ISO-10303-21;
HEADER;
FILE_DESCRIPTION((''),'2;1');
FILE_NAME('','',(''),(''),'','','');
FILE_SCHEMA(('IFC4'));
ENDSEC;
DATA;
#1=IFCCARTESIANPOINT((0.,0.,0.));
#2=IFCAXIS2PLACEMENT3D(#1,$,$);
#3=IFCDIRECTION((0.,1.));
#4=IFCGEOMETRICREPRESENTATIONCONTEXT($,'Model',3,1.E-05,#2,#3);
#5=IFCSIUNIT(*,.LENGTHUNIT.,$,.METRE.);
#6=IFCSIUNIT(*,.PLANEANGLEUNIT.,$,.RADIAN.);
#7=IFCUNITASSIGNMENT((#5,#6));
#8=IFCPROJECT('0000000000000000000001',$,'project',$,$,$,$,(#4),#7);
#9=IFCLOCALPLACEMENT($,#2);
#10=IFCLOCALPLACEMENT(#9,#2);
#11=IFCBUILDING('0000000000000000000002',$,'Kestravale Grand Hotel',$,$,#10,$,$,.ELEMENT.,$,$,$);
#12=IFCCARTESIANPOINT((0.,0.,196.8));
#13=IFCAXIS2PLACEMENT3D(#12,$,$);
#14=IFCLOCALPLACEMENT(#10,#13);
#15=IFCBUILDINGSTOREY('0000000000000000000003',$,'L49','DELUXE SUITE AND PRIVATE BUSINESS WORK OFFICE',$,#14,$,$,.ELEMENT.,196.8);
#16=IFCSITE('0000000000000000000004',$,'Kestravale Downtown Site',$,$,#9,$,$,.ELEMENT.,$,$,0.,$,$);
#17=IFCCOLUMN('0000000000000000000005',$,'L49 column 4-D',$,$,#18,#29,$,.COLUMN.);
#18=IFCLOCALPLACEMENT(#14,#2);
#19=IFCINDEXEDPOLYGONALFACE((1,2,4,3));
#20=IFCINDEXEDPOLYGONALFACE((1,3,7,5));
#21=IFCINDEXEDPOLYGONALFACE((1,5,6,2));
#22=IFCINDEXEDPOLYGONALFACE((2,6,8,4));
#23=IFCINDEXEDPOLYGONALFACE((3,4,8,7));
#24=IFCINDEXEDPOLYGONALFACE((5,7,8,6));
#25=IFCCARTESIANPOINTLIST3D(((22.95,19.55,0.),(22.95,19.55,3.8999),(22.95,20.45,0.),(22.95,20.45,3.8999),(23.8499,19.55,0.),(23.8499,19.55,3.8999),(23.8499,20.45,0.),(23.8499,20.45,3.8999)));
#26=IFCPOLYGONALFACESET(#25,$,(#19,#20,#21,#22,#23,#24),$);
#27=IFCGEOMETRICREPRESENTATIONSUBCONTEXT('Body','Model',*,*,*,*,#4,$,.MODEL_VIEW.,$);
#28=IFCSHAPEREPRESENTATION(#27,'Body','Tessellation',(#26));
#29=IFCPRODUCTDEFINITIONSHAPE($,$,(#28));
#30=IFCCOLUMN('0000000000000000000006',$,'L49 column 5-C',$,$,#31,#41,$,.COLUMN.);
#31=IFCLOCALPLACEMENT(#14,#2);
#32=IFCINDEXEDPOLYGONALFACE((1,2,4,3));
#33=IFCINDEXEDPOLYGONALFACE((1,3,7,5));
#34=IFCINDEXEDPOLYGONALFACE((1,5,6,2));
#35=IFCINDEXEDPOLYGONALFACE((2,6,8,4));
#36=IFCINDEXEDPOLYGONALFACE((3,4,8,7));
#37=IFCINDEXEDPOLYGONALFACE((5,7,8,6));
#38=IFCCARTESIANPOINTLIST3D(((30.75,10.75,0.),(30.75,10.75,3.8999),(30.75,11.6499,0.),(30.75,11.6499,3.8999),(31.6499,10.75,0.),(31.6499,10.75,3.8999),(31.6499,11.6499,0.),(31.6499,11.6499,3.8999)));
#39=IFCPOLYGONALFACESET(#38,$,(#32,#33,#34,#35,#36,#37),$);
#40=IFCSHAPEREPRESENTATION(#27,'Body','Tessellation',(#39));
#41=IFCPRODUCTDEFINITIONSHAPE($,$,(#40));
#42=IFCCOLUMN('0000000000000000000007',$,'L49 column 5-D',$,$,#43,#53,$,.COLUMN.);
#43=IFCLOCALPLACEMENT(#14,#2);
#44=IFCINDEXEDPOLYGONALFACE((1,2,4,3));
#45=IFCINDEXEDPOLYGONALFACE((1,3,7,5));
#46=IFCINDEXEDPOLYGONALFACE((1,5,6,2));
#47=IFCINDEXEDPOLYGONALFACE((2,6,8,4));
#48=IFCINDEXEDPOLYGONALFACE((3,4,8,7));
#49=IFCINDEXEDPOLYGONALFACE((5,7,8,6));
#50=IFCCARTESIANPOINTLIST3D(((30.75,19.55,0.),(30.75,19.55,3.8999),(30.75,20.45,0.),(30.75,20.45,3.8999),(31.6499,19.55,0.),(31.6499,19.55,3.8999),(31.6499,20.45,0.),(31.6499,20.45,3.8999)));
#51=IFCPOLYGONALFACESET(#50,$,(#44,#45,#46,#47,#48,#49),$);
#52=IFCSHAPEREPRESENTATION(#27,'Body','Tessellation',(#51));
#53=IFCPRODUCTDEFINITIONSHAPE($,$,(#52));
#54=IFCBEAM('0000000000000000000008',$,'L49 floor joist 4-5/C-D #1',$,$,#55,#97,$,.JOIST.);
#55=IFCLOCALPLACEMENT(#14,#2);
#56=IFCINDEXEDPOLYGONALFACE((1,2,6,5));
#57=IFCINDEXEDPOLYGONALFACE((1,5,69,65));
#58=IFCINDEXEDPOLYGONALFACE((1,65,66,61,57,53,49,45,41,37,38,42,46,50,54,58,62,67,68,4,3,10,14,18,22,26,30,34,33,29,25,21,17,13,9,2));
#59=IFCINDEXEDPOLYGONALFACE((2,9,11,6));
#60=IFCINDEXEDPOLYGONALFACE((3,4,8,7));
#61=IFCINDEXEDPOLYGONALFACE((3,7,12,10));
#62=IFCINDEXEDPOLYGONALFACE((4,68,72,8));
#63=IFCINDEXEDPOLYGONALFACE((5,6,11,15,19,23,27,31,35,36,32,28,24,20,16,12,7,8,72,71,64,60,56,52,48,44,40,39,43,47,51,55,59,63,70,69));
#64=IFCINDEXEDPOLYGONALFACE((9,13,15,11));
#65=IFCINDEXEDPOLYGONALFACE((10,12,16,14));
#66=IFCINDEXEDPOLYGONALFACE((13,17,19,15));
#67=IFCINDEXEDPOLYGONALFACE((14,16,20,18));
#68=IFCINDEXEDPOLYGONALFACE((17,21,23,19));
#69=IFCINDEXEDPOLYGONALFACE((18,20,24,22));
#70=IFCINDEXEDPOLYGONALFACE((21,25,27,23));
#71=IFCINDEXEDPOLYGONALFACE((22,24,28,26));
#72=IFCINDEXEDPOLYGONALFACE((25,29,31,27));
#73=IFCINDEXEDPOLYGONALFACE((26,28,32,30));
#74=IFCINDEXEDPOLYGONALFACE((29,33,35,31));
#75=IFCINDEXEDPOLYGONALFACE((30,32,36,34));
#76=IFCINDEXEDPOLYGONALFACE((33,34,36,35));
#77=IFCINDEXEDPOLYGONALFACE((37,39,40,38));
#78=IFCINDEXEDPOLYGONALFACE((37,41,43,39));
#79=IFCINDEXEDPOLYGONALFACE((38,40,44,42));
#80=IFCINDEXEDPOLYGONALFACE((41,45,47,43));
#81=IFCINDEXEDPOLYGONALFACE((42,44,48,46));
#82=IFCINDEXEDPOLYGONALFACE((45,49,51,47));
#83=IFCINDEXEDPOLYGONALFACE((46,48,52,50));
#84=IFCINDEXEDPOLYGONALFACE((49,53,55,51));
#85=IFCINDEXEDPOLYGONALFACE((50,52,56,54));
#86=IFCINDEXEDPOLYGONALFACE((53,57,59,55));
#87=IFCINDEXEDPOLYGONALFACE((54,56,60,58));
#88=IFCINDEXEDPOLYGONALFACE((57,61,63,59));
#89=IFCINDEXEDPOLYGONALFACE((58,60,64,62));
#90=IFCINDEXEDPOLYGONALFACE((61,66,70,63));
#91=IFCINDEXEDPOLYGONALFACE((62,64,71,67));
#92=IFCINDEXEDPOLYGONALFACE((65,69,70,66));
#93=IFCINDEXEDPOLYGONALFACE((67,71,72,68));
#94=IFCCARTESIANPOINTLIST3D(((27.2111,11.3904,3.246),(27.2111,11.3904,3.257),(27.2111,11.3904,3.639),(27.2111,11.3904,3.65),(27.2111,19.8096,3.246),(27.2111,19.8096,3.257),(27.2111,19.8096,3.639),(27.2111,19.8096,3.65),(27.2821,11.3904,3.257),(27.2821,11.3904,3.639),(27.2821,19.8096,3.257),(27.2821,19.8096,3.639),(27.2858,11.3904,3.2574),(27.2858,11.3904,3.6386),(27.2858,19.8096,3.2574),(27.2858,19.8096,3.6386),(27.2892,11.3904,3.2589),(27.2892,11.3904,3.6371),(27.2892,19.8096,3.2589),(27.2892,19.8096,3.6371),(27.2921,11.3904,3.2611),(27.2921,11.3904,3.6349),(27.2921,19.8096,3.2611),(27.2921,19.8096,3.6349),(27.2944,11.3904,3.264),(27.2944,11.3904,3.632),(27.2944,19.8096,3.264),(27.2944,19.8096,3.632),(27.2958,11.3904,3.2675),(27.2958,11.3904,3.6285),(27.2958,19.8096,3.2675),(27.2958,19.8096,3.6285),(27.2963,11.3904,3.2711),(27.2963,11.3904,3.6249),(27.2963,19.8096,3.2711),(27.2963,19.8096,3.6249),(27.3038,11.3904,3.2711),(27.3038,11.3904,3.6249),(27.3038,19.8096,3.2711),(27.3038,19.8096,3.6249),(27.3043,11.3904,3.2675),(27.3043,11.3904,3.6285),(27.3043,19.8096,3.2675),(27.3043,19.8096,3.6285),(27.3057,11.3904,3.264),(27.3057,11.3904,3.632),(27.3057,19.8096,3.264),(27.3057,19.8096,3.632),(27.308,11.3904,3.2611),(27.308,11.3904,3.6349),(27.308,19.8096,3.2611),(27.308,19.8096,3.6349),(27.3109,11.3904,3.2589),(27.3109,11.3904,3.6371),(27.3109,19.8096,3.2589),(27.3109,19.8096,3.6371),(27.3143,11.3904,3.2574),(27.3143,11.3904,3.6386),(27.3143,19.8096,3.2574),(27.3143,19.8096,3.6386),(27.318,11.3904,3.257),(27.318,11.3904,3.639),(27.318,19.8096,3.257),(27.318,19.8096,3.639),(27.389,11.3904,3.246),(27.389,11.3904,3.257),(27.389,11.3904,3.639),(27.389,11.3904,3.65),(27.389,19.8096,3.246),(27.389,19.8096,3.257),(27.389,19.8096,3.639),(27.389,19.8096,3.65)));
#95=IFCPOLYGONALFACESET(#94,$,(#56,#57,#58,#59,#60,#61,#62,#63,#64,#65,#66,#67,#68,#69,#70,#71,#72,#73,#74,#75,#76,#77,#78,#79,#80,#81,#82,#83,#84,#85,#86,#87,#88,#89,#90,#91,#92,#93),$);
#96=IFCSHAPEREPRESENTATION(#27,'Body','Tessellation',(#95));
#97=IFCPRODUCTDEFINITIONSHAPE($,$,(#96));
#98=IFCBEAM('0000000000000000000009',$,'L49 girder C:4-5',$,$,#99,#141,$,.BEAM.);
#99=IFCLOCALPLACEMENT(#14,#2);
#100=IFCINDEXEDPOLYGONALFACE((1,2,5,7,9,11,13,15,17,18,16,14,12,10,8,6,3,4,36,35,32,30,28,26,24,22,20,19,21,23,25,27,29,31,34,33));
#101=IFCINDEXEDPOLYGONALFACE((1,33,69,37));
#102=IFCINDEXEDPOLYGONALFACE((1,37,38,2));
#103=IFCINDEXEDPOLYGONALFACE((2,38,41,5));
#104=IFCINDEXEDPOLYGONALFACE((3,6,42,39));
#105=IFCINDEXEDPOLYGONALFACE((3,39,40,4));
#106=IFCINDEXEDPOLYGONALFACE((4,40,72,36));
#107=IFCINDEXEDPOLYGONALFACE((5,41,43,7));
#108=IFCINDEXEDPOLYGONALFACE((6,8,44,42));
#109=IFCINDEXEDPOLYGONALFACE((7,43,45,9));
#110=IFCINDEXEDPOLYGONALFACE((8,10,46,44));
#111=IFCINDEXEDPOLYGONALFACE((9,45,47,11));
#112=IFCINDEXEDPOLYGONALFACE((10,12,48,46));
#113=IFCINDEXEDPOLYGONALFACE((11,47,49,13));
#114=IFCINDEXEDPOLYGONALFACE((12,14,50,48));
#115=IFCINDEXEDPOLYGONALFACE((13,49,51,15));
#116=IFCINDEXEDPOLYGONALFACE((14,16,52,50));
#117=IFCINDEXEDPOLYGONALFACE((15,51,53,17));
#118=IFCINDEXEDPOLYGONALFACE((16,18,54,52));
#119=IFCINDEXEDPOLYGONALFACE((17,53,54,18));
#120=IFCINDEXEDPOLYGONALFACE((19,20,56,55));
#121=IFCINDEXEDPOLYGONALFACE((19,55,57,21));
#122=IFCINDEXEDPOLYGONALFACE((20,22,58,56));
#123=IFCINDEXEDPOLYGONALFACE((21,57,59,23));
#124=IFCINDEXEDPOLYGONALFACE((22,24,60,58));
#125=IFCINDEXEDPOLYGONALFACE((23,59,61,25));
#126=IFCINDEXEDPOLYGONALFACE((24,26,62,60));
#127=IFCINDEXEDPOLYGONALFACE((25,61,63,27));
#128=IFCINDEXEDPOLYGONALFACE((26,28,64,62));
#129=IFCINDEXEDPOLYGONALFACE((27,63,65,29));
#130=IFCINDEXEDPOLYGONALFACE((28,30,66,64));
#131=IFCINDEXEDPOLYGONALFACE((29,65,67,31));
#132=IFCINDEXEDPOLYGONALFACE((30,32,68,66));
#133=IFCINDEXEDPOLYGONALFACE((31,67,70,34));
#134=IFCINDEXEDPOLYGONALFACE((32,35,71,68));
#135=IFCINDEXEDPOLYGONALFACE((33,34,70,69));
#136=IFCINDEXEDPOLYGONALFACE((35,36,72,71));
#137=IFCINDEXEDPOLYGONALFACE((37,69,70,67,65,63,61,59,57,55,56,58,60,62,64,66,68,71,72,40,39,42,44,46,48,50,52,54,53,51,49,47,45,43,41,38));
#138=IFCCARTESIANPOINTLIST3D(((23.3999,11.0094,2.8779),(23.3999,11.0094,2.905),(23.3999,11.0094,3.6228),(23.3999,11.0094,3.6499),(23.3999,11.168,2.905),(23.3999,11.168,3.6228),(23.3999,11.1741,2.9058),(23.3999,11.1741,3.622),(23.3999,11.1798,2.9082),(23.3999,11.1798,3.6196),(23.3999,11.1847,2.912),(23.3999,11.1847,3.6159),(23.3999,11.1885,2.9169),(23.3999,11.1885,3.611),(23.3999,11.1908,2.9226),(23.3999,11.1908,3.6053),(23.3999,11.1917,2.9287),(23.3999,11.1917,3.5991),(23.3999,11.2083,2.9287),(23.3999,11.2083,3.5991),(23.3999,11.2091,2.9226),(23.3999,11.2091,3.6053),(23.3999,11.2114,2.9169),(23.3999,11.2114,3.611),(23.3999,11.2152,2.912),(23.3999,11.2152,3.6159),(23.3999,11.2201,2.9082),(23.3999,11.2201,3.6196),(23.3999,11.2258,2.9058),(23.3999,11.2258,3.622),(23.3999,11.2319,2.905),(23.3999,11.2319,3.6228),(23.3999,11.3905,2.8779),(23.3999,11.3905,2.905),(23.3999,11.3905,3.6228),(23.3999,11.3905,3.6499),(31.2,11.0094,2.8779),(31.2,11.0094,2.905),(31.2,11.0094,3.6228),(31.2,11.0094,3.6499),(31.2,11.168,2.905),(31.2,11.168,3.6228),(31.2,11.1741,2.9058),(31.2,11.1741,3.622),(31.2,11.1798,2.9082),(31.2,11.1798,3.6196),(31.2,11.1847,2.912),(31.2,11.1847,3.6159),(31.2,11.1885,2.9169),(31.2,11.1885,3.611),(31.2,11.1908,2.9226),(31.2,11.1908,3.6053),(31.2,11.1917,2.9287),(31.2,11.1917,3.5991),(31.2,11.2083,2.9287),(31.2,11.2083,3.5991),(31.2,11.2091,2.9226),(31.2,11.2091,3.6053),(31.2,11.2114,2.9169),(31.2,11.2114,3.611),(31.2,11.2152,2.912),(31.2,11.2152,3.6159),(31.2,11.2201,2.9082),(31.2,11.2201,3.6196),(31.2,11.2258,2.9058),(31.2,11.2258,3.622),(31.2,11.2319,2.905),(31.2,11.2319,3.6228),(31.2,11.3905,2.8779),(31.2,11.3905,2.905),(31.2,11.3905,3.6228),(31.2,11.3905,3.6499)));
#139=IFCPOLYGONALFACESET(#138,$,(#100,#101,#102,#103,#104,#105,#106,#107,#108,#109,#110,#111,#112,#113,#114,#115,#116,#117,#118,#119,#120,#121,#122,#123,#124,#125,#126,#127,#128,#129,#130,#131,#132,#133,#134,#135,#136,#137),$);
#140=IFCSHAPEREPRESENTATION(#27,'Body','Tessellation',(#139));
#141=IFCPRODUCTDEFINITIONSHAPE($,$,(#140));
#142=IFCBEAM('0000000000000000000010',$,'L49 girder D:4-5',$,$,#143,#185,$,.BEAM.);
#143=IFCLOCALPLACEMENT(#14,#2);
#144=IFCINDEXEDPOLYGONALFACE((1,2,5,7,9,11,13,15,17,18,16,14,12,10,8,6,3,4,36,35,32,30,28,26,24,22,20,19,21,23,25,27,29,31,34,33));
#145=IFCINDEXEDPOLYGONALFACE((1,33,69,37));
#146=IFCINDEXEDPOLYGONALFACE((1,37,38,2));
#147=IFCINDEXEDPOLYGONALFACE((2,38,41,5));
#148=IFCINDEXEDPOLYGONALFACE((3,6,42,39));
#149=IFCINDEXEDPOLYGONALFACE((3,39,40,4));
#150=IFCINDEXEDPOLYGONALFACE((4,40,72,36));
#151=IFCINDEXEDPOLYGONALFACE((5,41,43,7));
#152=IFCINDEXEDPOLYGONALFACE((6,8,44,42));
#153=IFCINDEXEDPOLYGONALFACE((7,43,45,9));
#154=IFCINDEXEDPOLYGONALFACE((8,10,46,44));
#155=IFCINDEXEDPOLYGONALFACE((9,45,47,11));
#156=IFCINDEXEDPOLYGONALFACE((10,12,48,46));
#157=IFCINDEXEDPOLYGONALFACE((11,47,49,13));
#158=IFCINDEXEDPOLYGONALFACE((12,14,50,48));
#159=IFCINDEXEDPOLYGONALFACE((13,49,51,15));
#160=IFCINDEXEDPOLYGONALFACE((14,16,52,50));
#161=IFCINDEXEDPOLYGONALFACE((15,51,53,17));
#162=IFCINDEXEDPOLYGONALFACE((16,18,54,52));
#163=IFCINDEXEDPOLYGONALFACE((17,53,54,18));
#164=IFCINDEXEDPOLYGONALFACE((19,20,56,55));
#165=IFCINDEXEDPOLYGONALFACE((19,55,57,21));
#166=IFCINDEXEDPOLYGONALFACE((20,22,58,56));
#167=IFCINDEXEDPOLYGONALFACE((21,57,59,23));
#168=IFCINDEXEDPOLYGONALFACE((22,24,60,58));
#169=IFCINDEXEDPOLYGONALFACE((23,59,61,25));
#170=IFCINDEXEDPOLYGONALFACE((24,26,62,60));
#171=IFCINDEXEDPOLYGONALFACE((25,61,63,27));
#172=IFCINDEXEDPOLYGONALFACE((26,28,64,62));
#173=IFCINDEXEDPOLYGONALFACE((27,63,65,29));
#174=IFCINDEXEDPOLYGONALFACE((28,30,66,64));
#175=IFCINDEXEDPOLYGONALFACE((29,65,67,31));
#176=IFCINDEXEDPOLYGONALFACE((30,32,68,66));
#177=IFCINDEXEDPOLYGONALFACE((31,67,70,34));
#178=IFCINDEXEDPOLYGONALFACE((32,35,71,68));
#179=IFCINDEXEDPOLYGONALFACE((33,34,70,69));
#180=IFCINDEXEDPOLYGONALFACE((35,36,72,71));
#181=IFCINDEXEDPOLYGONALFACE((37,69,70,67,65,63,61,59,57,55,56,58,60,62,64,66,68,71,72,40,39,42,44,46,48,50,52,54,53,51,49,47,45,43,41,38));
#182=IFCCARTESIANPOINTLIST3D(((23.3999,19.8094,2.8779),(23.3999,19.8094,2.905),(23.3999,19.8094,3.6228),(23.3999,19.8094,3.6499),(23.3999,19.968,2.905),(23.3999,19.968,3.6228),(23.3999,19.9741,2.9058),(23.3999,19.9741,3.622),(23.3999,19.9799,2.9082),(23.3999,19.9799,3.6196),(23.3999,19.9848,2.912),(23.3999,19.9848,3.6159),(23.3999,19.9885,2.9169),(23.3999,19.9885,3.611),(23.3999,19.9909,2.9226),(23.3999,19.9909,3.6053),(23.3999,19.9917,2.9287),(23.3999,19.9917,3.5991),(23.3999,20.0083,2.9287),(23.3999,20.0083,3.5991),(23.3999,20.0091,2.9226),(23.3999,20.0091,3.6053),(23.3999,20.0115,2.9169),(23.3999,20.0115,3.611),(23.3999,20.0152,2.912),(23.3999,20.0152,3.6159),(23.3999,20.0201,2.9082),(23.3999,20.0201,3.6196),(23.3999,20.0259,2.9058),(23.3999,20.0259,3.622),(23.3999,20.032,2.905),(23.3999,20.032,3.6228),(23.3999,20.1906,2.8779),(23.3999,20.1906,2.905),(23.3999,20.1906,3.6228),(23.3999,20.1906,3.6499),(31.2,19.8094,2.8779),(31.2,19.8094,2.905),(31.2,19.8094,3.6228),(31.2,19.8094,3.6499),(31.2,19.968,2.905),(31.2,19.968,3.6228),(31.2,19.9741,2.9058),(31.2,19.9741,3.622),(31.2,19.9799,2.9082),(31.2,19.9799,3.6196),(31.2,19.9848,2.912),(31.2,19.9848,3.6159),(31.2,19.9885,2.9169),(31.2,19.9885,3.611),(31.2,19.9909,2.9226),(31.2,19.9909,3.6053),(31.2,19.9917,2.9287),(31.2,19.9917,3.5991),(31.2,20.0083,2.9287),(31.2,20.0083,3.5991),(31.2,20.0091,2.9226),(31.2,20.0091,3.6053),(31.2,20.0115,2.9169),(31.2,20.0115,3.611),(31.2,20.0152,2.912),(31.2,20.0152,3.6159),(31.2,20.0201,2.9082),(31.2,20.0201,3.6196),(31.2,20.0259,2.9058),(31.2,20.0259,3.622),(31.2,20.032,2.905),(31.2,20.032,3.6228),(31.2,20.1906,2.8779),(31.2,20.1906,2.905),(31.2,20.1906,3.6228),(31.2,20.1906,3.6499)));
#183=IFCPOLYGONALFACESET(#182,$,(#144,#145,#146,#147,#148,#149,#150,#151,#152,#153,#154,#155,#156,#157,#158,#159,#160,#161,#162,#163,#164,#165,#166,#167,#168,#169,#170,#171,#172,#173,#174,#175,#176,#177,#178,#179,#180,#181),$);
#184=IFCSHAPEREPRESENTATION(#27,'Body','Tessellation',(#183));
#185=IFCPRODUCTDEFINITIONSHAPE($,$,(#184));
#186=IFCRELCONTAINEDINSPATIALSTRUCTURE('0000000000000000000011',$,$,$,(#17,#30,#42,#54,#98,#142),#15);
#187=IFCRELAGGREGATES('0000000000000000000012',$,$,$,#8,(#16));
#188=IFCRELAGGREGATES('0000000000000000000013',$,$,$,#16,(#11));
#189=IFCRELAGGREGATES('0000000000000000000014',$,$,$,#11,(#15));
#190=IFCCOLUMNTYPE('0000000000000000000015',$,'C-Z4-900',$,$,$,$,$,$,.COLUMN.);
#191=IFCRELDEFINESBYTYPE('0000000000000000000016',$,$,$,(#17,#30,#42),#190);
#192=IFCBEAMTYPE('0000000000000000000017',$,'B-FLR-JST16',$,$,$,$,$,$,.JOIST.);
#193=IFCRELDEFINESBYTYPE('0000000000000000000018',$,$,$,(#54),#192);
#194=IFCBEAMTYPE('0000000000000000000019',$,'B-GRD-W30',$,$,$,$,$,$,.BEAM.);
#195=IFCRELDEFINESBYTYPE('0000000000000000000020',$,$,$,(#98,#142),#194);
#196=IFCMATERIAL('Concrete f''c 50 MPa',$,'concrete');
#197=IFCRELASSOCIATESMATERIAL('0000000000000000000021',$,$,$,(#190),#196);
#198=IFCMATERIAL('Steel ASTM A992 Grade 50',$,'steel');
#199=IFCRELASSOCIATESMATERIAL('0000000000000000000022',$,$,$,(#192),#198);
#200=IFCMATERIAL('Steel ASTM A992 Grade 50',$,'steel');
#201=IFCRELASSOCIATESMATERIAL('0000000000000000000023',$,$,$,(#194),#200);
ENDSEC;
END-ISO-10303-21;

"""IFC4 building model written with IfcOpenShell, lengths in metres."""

from ifc_helpers import new_model, si_unit, direction, frame, origin, origin_2d, place, context, subcontext, project, spatial, rectangle, i_section, extrude, material, material_profile, profile_set, type_object, element, save


model = new_model("IFC4")

# Units and contexts
model_context = context("Model", 3, precision=1e-05, world=origin(), true_north=direction((0.0, 1.0)))
body_context = subcontext(model_context, "Body", "Model", "MODEL_VIEW")
ifc_project = project(units=[si_unit("LENGTHUNIT", "METRE"), si_unit("PLANEANGLEUNIT", "RADIAN")], contexts=[model_context])

# Site, building, storey
site_placement = place(None, origin())
site = spatial("IfcSite", under=ifc_project, at=site_placement, Name="Kestravale Downtown Site", CompositionType="ELEMENT", RefElevation=0.0)
building_placement = place(site_placement, origin())
building = spatial("IfcBuilding", under=site, at=building_placement, Name="Kestravale Grand Hotel", CompositionType="ELEMENT")
storey_placement = place(building_placement, frame((0.0, 0.0, 196.8)))
storey = spatial("IfcBuildingStorey", under=building, at=storey_placement, Name="L49", Description="DELUXE SUITE AND PRIVATE BUSINESS WORK OFFICE", CompositionType="ELEMENT", Elevation=196.8)

# Columns
ifc_material_1 = material(Name="Concrete f'c 50 MPa", Category="concrete")
ifc_material_profile_1 = material_profile(ifc_material_1, rectangle(XDim=0.8999, YDim=0.8999, at=origin_2d()))
ifc_profile_set_1 = profile_set([ifc_material_profile_1], Name="Concrete f'c 50 MPa")
column_type = type_object("IfcColumnType", Name="C-Z4-900", PredefinedType="COLUMN", material=ifc_profile_set_1)
for number, where, z_axis, x_axis, name in (
    (1, (23.3999, 20.0, 0.0), (0.0, 0.0, 1.0), (1.0, 0.0, 0.0), "L49 column 4-D"),
    (2, (31.2, 11.2, 0.0), (0.0, 0.0, 1.0), (1.0, 0.0, 0.0), "L49 column 5-C"),
    (3, (31.2, 20.0, 0.0), (0.0, 0.0, 1.0), (1.0, 0.0, 0.0), "L49 column 5-D"),
):
    element("IfcColumn", number, at=place(storey_placement, frame(where, z_axis=z_axis, x_axis=x_axis)), inside=storey, type_object=column_type, Name=name, PredefinedType="COLUMN", context=body_context, shape_type="SweptSolid", body=[
        extrude(rectangle(XDim=0.8999, YDim=0.8999, at=origin_2d()), origin(), (0.0, 0.0, 1.0), 3.8999),
    ])

# Beams
ifc_material_2 = material(Name="Steel ASTM A992 Grade 50", Category="steel")
ifc_material_profile_2 = material_profile(ifc_material_2, i_section(OverallWidth=0.178, OverallDepth=0.4041, WebThickness=0.0076, FlangeThickness=0.011, FilletRadius=0.0142, at=origin_2d()))
ifc_profile_set_2 = profile_set([ifc_material_profile_2], Name="Steel ASTM A992 Grade 50")
beam_type_1 = type_object("IfcBeamType", Name="B-FLR-JST16", PredefinedType="JOIST", material=ifc_profile_set_2)
beam_1_placement = place(storey_placement, frame((27.3, 11.3904, 3.448), z_axis=(0.0, 1.0, 0.0), x_axis=(-1.0, 0.0, 0.0)))
element("IfcBeam", 4, at=beam_1_placement, inside=storey, type_object=beam_type_1, Name="L49 floor joist 4-5/C-D #1", PredefinedType="JOIST", context=body_context, shape_type="SweptSolid", body=[
    extrude(i_section(OverallWidth=0.178, OverallDepth=0.4041, WebThickness=0.0076, FlangeThickness=0.011, FilletRadius=0.0142, at=origin_2d()), origin(), (0.0, 0.0, 1.0), 8.4192),
])
ifc_material_3 = material(Name="Steel ASTM A992 Grade 50", Category="steel")
ifc_material_profile_3 = material_profile(ifc_material_3, i_section(OverallWidth=0.3811, OverallDepth=0.772, WebThickness=0.0166, FlangeThickness=0.0271, FilletRadius=0.0237, at=origin_2d()))
ifc_profile_set_3 = profile_set([ifc_material_profile_3], Name="Steel ASTM A992 Grade 50")
beam_type_2 = type_object("IfcBeamType", Name="B-GRD-W30", PredefinedType="BEAM", material=ifc_profile_set_3)
for number, where, z_axis, x_axis, name in (
    (5, (23.3999, 11.2, 3.2639), (1.0, 0.0, 0.0), (0.0, 1.0, 0.0), "L49 girder C:4-5"),
    (6, (23.3999, 20.0, 3.2639), (1.0, 0.0, 0.0), (0.0, 1.0, 0.0), "L49 girder D:4-5"),
):
    element("IfcBeam", number, at=place(storey_placement, frame(where, z_axis=z_axis, x_axis=x_axis)), inside=storey, type_object=beam_type_2, Name=name, PredefinedType="BEAM", context=body_context, shape_type="SweptSolid", body=[
        extrude(i_section(OverallWidth=0.3811, OverallDepth=0.772, WebThickness=0.0166, FlangeThickness=0.0271, FilletRadius=0.0237, at=origin_2d()), origin(), (0.0, 0.0, 1.0), 7.8),
    ])

save(model, "model.ifc")
